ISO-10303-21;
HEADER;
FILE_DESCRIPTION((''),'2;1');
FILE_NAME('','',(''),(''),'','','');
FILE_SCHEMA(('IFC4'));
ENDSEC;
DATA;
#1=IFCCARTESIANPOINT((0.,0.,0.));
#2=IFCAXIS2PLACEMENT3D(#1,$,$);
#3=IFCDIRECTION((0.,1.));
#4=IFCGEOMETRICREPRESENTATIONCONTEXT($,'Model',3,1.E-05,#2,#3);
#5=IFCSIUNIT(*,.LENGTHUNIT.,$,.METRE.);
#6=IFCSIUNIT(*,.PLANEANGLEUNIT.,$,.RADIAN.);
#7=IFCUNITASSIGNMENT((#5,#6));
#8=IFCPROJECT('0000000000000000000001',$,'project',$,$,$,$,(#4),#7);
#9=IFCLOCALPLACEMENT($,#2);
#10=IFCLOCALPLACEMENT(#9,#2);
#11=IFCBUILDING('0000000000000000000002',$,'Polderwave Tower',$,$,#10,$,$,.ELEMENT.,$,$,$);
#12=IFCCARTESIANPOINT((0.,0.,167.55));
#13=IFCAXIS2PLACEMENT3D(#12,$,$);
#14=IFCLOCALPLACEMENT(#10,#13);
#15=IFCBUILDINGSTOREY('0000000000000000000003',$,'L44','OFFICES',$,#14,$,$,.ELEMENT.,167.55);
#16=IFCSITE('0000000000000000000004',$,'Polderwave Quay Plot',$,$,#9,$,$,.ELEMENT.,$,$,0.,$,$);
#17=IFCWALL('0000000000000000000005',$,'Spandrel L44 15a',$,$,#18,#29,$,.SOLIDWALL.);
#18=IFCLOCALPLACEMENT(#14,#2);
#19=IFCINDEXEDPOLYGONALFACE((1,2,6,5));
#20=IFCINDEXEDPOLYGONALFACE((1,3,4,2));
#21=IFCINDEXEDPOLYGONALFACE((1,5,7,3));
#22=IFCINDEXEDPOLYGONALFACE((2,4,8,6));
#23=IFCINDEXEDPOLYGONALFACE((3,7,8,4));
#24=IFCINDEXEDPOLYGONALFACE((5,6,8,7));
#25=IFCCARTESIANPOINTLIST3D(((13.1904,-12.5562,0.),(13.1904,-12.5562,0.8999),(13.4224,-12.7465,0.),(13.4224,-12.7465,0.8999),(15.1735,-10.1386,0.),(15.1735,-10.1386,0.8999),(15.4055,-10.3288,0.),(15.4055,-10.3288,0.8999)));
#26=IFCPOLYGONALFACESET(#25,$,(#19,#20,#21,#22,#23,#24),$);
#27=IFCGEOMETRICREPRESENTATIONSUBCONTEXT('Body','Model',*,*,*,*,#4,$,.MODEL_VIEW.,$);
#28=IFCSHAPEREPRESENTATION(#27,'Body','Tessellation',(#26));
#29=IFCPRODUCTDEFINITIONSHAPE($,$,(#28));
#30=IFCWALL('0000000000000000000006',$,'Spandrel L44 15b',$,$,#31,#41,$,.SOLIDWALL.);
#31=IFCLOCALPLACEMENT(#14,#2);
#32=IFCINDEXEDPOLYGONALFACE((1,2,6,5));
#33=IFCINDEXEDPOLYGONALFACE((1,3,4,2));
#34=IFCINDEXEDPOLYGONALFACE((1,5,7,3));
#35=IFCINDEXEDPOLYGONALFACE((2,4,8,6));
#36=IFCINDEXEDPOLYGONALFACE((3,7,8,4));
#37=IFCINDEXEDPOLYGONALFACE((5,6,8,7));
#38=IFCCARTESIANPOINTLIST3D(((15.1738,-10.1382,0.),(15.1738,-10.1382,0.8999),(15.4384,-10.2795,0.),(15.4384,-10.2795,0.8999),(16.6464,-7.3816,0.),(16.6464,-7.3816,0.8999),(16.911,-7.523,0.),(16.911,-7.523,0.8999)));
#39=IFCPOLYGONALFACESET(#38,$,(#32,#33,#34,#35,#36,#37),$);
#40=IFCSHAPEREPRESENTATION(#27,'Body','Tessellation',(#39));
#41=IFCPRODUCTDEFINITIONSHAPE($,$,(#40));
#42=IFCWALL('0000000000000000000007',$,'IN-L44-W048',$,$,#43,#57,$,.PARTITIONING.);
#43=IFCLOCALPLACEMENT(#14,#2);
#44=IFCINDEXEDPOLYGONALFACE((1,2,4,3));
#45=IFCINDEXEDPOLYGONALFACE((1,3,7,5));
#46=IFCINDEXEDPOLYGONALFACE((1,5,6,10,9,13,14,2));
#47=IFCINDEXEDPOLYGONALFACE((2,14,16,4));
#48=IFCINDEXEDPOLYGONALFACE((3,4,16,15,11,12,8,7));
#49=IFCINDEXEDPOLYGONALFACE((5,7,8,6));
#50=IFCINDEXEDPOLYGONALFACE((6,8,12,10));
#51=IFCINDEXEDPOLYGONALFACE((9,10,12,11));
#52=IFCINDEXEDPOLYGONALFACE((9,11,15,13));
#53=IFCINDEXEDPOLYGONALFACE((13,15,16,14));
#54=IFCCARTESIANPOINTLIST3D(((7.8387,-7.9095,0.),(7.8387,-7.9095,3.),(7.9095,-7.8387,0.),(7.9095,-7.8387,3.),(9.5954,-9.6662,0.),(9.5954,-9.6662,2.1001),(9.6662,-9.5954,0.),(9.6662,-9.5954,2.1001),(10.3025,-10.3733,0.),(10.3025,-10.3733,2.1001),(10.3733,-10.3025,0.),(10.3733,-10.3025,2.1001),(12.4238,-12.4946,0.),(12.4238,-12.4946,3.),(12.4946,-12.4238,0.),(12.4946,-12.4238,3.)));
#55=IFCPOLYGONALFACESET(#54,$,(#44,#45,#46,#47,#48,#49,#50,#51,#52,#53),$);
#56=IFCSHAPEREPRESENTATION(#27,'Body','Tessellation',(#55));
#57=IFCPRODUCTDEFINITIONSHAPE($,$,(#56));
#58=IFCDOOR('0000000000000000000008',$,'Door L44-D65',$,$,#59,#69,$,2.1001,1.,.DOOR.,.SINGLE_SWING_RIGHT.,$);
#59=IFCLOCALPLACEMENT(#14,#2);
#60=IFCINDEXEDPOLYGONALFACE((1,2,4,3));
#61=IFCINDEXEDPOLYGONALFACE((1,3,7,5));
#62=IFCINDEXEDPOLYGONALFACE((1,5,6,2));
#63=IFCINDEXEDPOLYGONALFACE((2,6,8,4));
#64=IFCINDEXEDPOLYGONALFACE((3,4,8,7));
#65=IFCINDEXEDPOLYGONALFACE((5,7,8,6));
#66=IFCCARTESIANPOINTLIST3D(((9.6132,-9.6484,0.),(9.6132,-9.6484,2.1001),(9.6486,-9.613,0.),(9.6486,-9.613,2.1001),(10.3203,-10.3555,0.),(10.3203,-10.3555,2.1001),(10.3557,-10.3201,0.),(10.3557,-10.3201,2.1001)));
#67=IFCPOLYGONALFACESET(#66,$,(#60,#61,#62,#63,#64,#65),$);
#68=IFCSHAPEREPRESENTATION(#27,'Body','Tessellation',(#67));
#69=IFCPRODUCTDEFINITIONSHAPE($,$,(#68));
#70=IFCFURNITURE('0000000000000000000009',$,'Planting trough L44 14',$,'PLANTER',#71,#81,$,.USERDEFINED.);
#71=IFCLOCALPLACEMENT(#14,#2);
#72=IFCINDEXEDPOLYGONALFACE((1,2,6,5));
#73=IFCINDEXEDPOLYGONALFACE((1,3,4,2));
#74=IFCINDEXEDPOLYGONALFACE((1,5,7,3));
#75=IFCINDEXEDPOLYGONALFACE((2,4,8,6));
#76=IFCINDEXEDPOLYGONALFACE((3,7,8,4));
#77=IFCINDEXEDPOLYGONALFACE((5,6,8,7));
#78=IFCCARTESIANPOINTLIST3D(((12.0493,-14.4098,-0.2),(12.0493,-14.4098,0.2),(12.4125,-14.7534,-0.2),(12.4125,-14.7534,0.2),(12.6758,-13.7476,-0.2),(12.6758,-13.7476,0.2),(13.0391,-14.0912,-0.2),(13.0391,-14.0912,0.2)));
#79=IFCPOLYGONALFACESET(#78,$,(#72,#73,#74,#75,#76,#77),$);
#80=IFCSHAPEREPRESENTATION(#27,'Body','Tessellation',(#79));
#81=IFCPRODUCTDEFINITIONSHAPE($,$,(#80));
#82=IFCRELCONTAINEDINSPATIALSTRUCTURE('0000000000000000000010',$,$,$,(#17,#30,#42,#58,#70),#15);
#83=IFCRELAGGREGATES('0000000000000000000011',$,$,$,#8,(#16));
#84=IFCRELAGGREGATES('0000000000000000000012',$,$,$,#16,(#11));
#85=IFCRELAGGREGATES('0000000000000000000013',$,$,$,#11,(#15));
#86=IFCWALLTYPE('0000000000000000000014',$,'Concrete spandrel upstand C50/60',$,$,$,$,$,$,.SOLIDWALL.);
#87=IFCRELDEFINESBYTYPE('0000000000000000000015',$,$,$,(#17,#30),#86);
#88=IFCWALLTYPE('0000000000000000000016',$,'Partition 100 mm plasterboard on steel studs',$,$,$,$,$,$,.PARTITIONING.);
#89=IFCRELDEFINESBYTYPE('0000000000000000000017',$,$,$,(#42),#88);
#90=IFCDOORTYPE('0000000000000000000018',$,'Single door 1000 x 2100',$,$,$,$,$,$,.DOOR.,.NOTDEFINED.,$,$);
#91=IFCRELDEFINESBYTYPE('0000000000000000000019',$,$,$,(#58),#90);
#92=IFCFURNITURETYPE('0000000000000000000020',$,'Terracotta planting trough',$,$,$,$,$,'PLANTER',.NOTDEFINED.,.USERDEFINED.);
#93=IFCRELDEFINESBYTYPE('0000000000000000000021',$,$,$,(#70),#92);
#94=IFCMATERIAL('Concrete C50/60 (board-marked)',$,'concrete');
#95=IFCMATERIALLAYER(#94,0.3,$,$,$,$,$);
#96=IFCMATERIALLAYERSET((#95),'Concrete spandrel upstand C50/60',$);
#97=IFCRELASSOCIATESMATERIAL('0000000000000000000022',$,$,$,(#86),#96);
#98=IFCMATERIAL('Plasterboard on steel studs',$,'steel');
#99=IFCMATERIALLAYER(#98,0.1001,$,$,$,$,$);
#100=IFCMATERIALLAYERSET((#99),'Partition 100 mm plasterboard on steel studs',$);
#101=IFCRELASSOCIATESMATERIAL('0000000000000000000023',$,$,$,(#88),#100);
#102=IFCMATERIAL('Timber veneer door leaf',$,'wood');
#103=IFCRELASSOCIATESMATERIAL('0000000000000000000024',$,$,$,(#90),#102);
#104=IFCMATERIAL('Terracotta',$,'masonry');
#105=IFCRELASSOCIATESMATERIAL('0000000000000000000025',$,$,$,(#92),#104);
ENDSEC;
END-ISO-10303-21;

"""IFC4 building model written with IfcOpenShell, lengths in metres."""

from ifc_helpers import new_model, si_unit, direction, frame, frame_2d, origin, origin_2d, place, context, subcontext, project, spatial, rectangle, extrude, material, layer, layer_set, type_object, element, fill, save


model = new_model("IFC4")

# Units and contexts
model_context = context("Model", 3, precision=1e-05, world=origin(), true_north=direction((0.0, 1.0)))
body_context = subcontext(model_context, "Body", "Model", "MODEL_VIEW")
ifc_project = project(units=[si_unit("LENGTHUNIT", "METRE"), si_unit("PLANEANGLEUNIT", "RADIAN")], contexts=[model_context])

# Site, building, storey
site_placement = place(None, origin())
site = spatial("IfcSite", under=ifc_project, at=site_placement, Name="Polderwave Quay Plot", CompositionType="ELEMENT", RefElevation=0.0)
building_placement = place(site_placement, origin())
building = spatial("IfcBuilding", under=site, at=building_placement, Name="Polderwave Tower", CompositionType="ELEMENT")
storey_placement = place(building_placement, frame((0.0, 0.0, 167.55)))
storey = spatial("IfcBuildingStorey", under=building, at=storey_placement, Name="L44", Description="OFFICES", CompositionType="ELEMENT", Elevation=167.55)

# Walls
ifc_material_1 = material(Name="Concrete C50/60 (board-marked)", Category="concrete")
ifc_layer_1 = layer(ifc_material_1, 0.3)
ifc_layer_set_1 = layer_set([ifc_layer_1], Name="Concrete spandrel upstand C50/60")
wall_type_1 = type_object("IfcWallType", Name="Concrete spandrel upstand C50/60", PredefinedType="SOLIDWALL", material=ifc_layer_set_1)
for number, where, z_axis, x_axis, name in (
    (1, (13.3064, -12.6514, 0.0), (0.0, 0.0, 1.0), (0.634198, 0.773171, 0.0), "Spandrel L44 15a"),
):
    element("IfcWall", number, at=place(storey_placement, frame(where, z_axis=z_axis, x_axis=x_axis)), inside=storey, type_object=wall_type_1, Name=name, PredefinedType="SOLIDWALL", context=body_context, shape_type="SweptSolid", body=[
        extrude(rectangle(XDim=3.127, YDim=0.3, at=frame_2d((1.5635, 0.0))), origin(), (0.0, 0.0, 1.0), 0.8999),
    ])
wall_1_placement = place(storey_placement, frame((15.3062, -10.2087, 0.0), z_axis=(0.0, 0.0, 1.0), x_axis=(0.471204, 0.882024, 0.0)))
element("IfcWall", 2, at=wall_1_placement, inside=storey, type_object=wall_type_1, Name="Spandrel L44 15b", PredefinedType="SOLIDWALL", context=body_context, shape_type="SweptSolid", body=[
    extrude(rectangle(XDim=3.1252, YDim=0.3, at=frame_2d((1.5625, 0.0))), origin(), (0.0, 0.0, 1.0), 0.8999),
])

# Wall, opening, door
ifc_material_2 = material(Name="Plasterboard on steel studs", Category="steel")
ifc_layer_2 = layer(ifc_material_2, 0.1001)
ifc_layer_set_2 = layer_set([ifc_layer_2], Name="Partition 100 mm plasterboard on steel studs")
wall_type_2 = type_object("IfcWallType", Name="Partition 100 mm plasterboard on steel studs", PredefinedType="PARTITIONING", material=ifc_layer_set_2)
wall_2_placement = place(storey_placement, frame((12.4592, -12.4592, 0.0), z_axis=(0.0, 0.0, 1.0), x_axis=(-0.707107, 0.707107, 0.0)))
wall_2 = element("IfcWall", 3, at=wall_2_placement, inside=storey, type_object=wall_type_2, Name="IN-L44-W048", PredefinedType="PARTITIONING", context=body_context, shape_type="SweptSolid", body=[
    extrude(rectangle(XDim=6.4844, YDim=0.1001, at=frame_2d((3.2422, 0.0))), origin(), (0.0, 0.0, 1.0), 3.0),
])
opening_placement = place(wall_2_placement, frame((3.0, 0.0, 0.0)))
opening = element("IfcOpeningElement", 4, at=opening_placement, cuts=wall_2, PredefinedType="OPENING", context=body_context, shape_type="SweptSolid", body=[
    extrude(rectangle(XDim=1.0, YDim=2.1001, at=frame_2d((0.5, 1.05))), frame((0.0, 0.0601, 0.0), z_axis=(0.0, -1.0, 0.0), x_axis=(1.0, 0.0, 0.0)), (0.0, 0.0, 1.0), 0.1201),
])
ifc_material_3 = material(Name="Timber veneer door leaf", Category="wood")
door_type = type_object("IfcDoorType", Name="Single door 1000 x 2100", OperationType="NOTDEFINED", PredefinedType="DOOR", material=ifc_material_3)
door_placement = place(opening_placement, origin())
door = element("IfcDoor", 5, at=door_placement, inside=storey, type_object=door_type, Name="Door L44-D65", OperationType="SINGLE_SWING_RIGHT", OverallHeight=2.1001, OverallWidth=1.0, PredefinedType="DOOR", context=body_context, shape_type="SweptSolid", body=[
    extrude(rectangle(XDim=1.0, YDim=2.1001, at=frame_2d((0.5, 1.05))), frame((0.0, 0.0249, 0.0), z_axis=(0.0, -1.0, 0.0), x_axis=(1.0, 0.0, 0.0)), (0.0, 0.0, 1.0), 0.05),
])
fill(opening, door)

# Furniture
ifc_material_4 = material(Name="Terracotta", Category="masonry")
furniture_type = type_object("IfcFurnitureType", Name="Terracotta planting trough", ElementType="PLANTER", AssemblyPlace="NOTDEFINED", PredefinedType="USERDEFINED", material=ifc_material_4)
furniture_placement = place(storey_placement, frame((12.5442, -14.2505, -0.2), z_axis=(0.0, 0.0, 1.0), x_axis=(0.687259, 0.726413, 0.0)))
element("IfcFurniture", 6, at=furniture_placement, inside=storey, type_object=furniture_type, Name="Planting trough L44 14", ObjectType="PLANTER", PredefinedType="USERDEFINED", context=body_context, shape_type="SweptSolid", body=[
    extrude(rectangle(XDim=0.9116, YDim=0.5, at=origin_2d()), origin(), (0.0, 0.0, 1.0), 0.3999),
])

save(model, "model.ifc")
